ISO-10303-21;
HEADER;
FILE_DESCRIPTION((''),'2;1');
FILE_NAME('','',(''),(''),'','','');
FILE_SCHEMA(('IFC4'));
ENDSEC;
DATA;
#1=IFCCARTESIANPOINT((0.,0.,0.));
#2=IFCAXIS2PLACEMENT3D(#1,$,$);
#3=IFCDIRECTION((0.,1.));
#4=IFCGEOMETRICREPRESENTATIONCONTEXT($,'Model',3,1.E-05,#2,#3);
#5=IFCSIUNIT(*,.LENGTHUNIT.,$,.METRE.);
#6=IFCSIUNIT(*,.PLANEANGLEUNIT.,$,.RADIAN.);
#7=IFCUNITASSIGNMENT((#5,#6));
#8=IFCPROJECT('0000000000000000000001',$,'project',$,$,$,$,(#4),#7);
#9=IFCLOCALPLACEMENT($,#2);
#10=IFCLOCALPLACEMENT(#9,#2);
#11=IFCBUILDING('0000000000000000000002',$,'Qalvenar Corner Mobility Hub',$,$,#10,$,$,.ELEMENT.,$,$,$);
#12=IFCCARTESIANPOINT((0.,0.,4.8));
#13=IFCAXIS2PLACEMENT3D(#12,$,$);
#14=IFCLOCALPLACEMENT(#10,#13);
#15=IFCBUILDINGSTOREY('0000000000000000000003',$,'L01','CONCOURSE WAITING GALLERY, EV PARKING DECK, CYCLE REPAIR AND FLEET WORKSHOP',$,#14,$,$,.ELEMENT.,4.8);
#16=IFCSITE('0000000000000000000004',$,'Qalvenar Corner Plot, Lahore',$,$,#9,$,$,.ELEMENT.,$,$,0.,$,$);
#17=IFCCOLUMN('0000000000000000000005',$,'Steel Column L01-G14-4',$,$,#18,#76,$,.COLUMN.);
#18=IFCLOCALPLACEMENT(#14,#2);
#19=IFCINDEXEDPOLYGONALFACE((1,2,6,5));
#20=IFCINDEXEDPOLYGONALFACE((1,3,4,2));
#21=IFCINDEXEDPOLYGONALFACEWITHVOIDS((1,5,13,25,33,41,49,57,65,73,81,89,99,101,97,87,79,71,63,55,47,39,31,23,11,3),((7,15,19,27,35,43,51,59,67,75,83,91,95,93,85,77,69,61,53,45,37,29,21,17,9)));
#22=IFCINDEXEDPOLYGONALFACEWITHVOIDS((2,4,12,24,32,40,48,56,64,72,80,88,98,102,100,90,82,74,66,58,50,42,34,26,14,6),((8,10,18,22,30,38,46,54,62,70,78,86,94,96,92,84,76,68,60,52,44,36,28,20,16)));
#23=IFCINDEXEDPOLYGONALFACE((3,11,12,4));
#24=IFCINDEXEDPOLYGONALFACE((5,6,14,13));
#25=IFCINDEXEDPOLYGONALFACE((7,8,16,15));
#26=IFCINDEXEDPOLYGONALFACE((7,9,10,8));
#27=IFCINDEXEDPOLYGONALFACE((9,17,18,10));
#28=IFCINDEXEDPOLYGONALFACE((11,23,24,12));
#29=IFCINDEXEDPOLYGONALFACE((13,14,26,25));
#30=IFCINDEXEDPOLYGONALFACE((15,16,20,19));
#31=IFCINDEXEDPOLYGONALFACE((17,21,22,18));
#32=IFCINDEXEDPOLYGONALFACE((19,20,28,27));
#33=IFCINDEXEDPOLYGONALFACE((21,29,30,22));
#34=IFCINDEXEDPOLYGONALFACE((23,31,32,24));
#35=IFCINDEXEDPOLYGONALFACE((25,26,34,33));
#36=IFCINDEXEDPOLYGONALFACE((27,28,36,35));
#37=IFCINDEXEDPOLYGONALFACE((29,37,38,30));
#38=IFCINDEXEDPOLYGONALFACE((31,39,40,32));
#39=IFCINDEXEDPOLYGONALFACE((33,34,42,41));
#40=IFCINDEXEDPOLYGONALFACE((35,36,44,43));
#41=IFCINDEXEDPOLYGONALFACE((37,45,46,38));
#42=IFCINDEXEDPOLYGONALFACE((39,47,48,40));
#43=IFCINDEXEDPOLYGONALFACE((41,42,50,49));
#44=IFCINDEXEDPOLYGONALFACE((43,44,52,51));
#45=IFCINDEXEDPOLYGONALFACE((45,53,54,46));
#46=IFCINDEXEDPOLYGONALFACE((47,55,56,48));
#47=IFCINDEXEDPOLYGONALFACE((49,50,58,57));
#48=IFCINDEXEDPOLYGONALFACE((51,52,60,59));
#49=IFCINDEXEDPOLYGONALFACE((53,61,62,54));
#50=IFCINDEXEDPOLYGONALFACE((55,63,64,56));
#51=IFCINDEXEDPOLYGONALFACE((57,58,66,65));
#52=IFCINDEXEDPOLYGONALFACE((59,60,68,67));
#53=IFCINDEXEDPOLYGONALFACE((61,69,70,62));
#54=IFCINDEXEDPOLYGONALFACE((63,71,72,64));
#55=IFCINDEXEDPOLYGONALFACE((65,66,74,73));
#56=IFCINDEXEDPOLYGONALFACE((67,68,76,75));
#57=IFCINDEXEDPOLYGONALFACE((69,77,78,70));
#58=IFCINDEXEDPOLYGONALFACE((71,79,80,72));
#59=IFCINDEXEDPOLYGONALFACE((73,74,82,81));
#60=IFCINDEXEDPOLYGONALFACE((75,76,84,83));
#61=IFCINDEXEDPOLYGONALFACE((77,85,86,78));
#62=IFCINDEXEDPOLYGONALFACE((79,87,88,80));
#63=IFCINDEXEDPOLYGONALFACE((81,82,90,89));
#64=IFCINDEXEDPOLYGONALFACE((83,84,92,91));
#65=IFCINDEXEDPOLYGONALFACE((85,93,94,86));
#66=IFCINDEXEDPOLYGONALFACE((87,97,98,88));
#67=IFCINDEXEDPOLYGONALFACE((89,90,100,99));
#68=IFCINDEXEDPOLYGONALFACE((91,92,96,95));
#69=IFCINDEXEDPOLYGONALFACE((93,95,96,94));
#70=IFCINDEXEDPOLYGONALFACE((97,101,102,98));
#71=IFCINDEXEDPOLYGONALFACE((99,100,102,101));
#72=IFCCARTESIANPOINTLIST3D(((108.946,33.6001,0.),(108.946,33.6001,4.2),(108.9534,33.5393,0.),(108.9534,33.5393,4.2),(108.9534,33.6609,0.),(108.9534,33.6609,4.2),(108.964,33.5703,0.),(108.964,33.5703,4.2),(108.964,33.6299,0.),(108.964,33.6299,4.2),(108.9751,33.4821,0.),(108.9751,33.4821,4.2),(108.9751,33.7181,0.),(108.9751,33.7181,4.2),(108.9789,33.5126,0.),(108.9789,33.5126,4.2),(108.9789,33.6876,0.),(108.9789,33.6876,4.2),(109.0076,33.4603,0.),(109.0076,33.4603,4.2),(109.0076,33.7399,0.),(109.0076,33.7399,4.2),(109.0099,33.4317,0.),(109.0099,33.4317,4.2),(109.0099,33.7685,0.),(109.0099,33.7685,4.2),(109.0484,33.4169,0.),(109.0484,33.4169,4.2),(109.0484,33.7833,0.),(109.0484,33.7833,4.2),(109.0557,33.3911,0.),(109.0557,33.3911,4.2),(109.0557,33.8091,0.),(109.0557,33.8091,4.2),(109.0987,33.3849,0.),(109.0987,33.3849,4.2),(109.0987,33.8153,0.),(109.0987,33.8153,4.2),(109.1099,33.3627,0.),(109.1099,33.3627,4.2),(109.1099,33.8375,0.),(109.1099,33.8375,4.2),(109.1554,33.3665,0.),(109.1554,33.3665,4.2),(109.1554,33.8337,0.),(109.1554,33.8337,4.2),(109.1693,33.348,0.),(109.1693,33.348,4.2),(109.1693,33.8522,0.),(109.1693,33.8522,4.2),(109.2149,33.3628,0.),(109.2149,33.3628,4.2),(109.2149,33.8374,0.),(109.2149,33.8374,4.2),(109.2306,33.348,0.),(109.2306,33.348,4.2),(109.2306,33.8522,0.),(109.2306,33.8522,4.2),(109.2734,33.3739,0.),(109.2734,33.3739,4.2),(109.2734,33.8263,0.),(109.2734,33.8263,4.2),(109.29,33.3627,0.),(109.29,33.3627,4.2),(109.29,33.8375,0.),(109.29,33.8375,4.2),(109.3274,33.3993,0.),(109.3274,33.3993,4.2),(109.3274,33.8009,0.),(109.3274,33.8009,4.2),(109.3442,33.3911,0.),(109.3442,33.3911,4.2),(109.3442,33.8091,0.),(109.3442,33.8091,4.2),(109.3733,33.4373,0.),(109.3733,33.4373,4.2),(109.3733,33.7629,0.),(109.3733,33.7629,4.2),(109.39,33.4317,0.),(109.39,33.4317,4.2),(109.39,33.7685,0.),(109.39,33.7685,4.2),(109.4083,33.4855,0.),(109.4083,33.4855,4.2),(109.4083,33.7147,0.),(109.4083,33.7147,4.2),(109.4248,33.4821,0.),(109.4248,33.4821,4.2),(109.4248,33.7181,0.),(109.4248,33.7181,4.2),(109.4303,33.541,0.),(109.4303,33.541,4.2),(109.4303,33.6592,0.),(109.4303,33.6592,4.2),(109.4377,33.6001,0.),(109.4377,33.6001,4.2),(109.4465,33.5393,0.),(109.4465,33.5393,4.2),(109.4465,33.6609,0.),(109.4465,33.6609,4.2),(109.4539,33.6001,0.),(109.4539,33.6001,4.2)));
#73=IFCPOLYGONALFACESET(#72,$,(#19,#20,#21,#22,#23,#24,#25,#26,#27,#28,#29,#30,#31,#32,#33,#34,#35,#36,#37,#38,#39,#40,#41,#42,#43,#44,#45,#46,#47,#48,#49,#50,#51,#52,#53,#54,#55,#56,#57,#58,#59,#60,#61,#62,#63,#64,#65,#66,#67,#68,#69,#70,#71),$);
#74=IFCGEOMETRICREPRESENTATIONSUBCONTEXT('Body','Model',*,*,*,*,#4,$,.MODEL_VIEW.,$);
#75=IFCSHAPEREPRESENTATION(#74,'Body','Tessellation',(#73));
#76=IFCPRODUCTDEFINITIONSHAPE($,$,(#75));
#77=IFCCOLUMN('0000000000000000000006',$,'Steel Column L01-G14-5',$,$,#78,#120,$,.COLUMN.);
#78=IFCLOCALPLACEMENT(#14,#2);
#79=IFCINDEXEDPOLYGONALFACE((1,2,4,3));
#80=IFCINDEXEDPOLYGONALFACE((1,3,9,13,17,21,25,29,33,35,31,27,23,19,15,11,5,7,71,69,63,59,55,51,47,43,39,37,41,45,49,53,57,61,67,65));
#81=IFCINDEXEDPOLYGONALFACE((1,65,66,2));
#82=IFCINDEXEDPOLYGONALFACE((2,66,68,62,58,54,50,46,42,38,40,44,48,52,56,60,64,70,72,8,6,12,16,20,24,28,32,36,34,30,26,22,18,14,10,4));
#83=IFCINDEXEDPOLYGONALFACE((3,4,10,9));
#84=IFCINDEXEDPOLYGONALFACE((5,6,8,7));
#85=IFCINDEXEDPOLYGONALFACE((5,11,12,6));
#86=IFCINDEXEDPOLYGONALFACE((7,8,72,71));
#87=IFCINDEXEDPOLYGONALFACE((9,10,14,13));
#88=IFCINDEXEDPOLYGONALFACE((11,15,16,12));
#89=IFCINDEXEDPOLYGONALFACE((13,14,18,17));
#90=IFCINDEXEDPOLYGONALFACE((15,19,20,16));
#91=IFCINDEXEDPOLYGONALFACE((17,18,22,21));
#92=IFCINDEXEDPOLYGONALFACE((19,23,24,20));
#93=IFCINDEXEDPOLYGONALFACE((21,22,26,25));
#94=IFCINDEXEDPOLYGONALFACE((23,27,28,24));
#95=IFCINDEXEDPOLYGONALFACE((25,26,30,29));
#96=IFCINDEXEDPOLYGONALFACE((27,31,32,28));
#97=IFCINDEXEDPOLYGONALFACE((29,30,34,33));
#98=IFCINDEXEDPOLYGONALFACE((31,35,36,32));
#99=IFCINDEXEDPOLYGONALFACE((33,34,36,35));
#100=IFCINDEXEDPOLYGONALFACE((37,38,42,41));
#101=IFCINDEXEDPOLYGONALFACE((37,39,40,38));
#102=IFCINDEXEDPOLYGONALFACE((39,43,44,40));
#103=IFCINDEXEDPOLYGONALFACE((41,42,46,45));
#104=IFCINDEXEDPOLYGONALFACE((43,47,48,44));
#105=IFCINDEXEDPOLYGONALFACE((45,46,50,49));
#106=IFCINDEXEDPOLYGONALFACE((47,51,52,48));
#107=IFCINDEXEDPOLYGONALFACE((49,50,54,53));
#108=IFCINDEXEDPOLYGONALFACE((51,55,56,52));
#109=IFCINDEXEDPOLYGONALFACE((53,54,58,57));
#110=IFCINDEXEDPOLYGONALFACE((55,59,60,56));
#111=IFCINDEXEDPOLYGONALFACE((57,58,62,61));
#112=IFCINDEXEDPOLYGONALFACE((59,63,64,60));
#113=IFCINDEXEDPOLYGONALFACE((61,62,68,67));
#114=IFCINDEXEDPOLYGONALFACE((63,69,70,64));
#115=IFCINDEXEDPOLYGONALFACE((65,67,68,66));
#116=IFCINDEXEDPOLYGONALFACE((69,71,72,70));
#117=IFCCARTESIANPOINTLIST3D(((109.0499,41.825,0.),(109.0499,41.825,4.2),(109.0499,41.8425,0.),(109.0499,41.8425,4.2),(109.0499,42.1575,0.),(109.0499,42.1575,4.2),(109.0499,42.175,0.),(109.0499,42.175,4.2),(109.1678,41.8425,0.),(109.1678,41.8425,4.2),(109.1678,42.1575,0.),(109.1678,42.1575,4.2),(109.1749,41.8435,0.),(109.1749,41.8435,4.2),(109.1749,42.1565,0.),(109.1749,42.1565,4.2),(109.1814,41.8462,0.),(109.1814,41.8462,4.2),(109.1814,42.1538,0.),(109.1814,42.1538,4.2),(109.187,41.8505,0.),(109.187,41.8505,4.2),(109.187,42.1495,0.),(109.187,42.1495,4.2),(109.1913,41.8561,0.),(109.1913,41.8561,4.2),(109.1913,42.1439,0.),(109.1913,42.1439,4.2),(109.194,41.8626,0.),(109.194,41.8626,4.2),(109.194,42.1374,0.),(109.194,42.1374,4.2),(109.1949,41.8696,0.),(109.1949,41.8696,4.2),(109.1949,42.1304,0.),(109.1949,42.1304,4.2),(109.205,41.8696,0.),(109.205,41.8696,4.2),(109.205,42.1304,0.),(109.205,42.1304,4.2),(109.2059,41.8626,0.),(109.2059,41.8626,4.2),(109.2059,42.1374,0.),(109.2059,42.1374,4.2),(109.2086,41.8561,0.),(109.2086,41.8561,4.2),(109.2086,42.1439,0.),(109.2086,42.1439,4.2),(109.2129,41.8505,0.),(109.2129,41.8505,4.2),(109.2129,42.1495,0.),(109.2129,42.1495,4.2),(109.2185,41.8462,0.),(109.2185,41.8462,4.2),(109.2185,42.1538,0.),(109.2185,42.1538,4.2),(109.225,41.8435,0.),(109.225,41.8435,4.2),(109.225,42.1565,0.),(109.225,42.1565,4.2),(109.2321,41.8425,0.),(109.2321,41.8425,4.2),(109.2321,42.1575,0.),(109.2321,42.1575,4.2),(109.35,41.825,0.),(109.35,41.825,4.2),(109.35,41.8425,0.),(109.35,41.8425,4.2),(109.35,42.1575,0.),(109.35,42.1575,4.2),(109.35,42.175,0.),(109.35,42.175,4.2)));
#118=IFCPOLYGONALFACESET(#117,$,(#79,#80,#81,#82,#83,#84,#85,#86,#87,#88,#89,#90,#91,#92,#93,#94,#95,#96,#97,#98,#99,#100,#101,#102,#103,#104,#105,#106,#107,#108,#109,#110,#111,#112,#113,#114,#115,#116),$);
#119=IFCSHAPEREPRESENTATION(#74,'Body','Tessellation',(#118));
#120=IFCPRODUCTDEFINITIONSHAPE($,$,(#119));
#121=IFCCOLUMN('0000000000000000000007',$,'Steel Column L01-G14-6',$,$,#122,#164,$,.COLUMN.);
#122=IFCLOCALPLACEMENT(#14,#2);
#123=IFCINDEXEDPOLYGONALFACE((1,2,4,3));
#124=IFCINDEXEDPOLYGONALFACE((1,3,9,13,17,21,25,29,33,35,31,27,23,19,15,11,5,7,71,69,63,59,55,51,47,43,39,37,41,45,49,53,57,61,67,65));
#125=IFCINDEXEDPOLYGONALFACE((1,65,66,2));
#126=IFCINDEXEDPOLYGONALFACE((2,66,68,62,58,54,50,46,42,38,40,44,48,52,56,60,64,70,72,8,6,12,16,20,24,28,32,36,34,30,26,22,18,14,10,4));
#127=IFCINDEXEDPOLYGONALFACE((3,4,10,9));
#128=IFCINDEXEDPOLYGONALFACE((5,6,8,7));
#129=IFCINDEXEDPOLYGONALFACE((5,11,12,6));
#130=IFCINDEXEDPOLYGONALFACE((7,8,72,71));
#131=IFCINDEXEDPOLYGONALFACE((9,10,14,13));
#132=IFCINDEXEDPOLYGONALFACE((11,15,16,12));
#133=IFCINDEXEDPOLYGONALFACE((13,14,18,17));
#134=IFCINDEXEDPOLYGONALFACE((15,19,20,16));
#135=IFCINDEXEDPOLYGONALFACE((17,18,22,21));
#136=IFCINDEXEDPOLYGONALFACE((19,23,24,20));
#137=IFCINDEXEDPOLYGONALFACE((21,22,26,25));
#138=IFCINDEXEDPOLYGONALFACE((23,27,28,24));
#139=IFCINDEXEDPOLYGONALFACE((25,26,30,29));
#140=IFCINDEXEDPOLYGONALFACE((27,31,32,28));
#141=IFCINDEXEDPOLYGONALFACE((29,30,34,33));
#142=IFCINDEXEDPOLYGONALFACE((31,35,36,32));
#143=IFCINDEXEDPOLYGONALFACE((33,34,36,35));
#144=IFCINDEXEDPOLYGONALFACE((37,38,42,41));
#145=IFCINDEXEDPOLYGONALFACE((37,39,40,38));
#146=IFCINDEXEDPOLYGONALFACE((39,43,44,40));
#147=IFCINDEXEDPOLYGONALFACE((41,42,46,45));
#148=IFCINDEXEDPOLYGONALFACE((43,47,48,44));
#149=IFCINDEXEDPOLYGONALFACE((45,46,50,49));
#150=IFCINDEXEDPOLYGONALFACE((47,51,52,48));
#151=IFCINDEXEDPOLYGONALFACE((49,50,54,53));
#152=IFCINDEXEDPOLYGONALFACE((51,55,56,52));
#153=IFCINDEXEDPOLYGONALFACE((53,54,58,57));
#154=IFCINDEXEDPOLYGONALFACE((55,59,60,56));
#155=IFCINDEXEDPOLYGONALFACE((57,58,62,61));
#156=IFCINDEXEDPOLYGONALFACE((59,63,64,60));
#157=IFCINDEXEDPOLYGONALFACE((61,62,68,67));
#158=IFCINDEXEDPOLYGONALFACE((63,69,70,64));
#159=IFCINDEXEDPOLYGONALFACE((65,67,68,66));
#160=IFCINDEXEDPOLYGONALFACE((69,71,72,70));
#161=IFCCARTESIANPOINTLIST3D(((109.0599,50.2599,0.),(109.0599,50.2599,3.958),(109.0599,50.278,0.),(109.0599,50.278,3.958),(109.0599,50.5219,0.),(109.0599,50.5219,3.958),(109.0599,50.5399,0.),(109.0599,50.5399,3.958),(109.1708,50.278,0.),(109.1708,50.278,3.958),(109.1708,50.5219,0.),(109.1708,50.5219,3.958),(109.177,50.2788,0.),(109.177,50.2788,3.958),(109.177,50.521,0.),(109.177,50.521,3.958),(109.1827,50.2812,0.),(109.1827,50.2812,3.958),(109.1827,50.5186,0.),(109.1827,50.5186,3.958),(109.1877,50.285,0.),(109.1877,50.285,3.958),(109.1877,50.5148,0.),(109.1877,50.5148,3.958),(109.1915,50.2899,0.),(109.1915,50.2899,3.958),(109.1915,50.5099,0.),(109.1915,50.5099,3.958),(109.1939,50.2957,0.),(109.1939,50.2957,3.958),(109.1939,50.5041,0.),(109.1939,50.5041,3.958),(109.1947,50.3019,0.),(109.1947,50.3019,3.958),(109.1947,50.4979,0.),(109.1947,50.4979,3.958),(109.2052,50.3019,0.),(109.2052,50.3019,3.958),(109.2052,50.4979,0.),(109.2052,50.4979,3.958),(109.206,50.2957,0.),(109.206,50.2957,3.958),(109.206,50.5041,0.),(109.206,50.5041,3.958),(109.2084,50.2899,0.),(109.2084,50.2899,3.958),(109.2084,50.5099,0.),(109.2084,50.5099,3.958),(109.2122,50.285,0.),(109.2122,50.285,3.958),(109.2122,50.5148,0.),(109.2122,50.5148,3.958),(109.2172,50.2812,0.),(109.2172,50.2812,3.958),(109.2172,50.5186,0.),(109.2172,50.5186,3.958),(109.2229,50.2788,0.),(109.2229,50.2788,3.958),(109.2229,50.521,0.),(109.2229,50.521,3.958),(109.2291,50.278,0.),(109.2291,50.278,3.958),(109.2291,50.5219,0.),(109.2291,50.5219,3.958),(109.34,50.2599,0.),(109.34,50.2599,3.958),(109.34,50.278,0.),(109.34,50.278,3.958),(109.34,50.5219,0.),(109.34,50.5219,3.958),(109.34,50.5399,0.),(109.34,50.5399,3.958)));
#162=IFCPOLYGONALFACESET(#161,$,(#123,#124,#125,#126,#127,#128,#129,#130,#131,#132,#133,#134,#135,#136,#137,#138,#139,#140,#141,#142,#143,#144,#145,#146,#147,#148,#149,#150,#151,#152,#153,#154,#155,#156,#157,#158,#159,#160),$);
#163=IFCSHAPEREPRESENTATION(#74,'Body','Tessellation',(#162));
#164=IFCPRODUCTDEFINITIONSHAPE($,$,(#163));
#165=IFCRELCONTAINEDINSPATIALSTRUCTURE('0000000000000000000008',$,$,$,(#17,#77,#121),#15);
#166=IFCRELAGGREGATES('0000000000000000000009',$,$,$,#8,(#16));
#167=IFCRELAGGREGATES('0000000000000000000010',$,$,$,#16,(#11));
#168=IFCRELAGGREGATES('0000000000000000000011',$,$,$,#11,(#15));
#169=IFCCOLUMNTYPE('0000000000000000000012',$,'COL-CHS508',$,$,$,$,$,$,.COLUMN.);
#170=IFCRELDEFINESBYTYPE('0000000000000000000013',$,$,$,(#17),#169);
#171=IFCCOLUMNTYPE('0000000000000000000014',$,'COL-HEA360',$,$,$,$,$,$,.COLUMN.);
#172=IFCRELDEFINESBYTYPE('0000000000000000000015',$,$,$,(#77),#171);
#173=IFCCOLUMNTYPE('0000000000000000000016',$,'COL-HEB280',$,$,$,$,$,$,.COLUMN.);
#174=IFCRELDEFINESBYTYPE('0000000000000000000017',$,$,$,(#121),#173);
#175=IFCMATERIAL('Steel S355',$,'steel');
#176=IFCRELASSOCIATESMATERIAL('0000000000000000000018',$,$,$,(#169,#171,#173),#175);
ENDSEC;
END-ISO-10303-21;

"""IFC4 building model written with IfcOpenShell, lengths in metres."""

from ifc_helpers import new_model, si_unit, direction, frame, origin, origin_2d, place, context, subcontext, project, spatial, hollow_circle, i_section, extrude, material, material_profile, profile_set, type_object, element, save


model = new_model("IFC4")

# Units and contexts
model_context = context("Model", 3, precision=1e-05, world=origin(), true_north=direction((0.0, 1.0)))
body_context = subcontext(model_context, "Body", "Model", "MODEL_VIEW")
ifc_project = project(units=[si_unit("LENGTHUNIT", "METRE"), si_unit("PLANEANGLEUNIT", "RADIAN")], contexts=[model_context])

# Site, building, storey
site_placement = place(None, origin())
site = spatial("IfcSite", under=ifc_project, at=site_placement, Name="Qalvenar Corner Plot, Lahore", CompositionType="ELEMENT", RefElevation=0.0)
building_placement = place(site_placement, origin())
building = spatial("IfcBuilding", under=site, at=building_placement, Name="Qalvenar Corner Mobility Hub", CompositionType="ELEMENT")
storey_placement = place(building_placement, frame((0.0, 0.0, 4.8)))
storey = spatial("IfcBuildingStorey", under=building, at=storey_placement, Name="L01", Description="CONCOURSE WAITING GALLERY, EV PARKING DECK, CYCLE REPAIR AND FLEET WORKSHOP", CompositionType="ELEMENT", Elevation=4.8)

# Columns
ifc_material_1 = material(Name="Steel S355", Category="steel")
ifc_material_profile_1 = material_profile(ifc_material_1, hollow_circle(Radius=0.2539, WallThickness=0.0161, at=origin_2d()), Name="CHS508x16")
ifc_profile_set_1 = profile_set([ifc_material_profile_1], Name="Steel S355")
column_type_1 = type_object("IfcColumnType", Name="COL-CHS508", PredefinedType="COLUMN", material=ifc_profile_set_1)
column_1_placement = place(storey_placement, frame((109.2, 33.6001, 0.0), z_axis=(0.0, 0.0, 1.0), x_axis=(1.0, 0.0, 0.0)))
element("IfcColumn", 1, at=column_1_placement, inside=storey, type_object=column_type_1, Name="Steel Column L01-G14-4", PredefinedType="COLUMN", context=body_context, shape_type="SweptSolid", body=[
    extrude(hollow_circle(Radius=0.2539, WallThickness=0.0161, at=origin_2d()), origin(), (0.0, 0.0, 1.0), 4.2),
])
ifc_material_profile_2 = material_profile(ifc_material_1, i_section(OverallWidth=0.3, OverallDepth=0.3501, WebThickness=0.01, FlangeThickness=0.0176, FilletRadius=0.0271, at=origin_2d()), Name="HEA360")
ifc_profile_set_2 = profile_set([ifc_material_profile_2], Name="Steel S355")
column_type_2 = type_object("IfcColumnType", Name="COL-HEA360", PredefinedType="COLUMN", material=ifc_profile_set_2)
column_2_placement = place(storey_placement, frame((109.2, 42.0, 0.0), z_axis=(0.0, 0.0, 1.0), x_axis=(1.0, 0.0, 0.0)))
element("IfcColumn", 2, at=column_2_placement, inside=storey, type_object=column_type_2, Name="Steel Column L01-G14-5", PredefinedType="COLUMN", context=body_context, shape_type="SweptSolid", body=[
    extrude(i_section(OverallWidth=0.3, OverallDepth=0.3501, WebThickness=0.01, FlangeThickness=0.0176, FilletRadius=0.0271, at=origin_2d()), origin(), (0.0, 0.0, 1.0), 4.2),
])
ifc_material_profile_3 = material_profile(ifc_material_1, i_section(OverallWidth=0.28, OverallDepth=0.28, WebThickness=0.0105, FlangeThickness=0.0181, FilletRadius=0.0239, at=origin_2d()), Name="HEB280")
ifc_profile_set_3 = profile_set([ifc_material_profile_3], Name="Steel S355")
column_type_3 = type_object("IfcColumnType", Name="COL-HEB280", PredefinedType="COLUMN", material=ifc_profile_set_3)
column_3_placement = place(storey_placement, frame((109.2, 50.3999, 0.0), z_axis=(0.0, 0.0, 1.0), x_axis=(1.0, 0.0, 0.0)))
element("IfcColumn", 3, at=column_3_placement, inside=storey, type_object=column_type_3, Name="Steel Column L01-G14-6", PredefinedType="COLUMN", context=body_context, shape_type="SweptSolid", body=[
    extrude(i_section(OverallWidth=0.28, OverallDepth=0.28, WebThickness=0.0105, FlangeThickness=0.0181, FilletRadius=0.0239, at=origin_2d()), origin(), (0.0, 0.0, 1.0), 3.958),
])

save(model, "model.ifc")
